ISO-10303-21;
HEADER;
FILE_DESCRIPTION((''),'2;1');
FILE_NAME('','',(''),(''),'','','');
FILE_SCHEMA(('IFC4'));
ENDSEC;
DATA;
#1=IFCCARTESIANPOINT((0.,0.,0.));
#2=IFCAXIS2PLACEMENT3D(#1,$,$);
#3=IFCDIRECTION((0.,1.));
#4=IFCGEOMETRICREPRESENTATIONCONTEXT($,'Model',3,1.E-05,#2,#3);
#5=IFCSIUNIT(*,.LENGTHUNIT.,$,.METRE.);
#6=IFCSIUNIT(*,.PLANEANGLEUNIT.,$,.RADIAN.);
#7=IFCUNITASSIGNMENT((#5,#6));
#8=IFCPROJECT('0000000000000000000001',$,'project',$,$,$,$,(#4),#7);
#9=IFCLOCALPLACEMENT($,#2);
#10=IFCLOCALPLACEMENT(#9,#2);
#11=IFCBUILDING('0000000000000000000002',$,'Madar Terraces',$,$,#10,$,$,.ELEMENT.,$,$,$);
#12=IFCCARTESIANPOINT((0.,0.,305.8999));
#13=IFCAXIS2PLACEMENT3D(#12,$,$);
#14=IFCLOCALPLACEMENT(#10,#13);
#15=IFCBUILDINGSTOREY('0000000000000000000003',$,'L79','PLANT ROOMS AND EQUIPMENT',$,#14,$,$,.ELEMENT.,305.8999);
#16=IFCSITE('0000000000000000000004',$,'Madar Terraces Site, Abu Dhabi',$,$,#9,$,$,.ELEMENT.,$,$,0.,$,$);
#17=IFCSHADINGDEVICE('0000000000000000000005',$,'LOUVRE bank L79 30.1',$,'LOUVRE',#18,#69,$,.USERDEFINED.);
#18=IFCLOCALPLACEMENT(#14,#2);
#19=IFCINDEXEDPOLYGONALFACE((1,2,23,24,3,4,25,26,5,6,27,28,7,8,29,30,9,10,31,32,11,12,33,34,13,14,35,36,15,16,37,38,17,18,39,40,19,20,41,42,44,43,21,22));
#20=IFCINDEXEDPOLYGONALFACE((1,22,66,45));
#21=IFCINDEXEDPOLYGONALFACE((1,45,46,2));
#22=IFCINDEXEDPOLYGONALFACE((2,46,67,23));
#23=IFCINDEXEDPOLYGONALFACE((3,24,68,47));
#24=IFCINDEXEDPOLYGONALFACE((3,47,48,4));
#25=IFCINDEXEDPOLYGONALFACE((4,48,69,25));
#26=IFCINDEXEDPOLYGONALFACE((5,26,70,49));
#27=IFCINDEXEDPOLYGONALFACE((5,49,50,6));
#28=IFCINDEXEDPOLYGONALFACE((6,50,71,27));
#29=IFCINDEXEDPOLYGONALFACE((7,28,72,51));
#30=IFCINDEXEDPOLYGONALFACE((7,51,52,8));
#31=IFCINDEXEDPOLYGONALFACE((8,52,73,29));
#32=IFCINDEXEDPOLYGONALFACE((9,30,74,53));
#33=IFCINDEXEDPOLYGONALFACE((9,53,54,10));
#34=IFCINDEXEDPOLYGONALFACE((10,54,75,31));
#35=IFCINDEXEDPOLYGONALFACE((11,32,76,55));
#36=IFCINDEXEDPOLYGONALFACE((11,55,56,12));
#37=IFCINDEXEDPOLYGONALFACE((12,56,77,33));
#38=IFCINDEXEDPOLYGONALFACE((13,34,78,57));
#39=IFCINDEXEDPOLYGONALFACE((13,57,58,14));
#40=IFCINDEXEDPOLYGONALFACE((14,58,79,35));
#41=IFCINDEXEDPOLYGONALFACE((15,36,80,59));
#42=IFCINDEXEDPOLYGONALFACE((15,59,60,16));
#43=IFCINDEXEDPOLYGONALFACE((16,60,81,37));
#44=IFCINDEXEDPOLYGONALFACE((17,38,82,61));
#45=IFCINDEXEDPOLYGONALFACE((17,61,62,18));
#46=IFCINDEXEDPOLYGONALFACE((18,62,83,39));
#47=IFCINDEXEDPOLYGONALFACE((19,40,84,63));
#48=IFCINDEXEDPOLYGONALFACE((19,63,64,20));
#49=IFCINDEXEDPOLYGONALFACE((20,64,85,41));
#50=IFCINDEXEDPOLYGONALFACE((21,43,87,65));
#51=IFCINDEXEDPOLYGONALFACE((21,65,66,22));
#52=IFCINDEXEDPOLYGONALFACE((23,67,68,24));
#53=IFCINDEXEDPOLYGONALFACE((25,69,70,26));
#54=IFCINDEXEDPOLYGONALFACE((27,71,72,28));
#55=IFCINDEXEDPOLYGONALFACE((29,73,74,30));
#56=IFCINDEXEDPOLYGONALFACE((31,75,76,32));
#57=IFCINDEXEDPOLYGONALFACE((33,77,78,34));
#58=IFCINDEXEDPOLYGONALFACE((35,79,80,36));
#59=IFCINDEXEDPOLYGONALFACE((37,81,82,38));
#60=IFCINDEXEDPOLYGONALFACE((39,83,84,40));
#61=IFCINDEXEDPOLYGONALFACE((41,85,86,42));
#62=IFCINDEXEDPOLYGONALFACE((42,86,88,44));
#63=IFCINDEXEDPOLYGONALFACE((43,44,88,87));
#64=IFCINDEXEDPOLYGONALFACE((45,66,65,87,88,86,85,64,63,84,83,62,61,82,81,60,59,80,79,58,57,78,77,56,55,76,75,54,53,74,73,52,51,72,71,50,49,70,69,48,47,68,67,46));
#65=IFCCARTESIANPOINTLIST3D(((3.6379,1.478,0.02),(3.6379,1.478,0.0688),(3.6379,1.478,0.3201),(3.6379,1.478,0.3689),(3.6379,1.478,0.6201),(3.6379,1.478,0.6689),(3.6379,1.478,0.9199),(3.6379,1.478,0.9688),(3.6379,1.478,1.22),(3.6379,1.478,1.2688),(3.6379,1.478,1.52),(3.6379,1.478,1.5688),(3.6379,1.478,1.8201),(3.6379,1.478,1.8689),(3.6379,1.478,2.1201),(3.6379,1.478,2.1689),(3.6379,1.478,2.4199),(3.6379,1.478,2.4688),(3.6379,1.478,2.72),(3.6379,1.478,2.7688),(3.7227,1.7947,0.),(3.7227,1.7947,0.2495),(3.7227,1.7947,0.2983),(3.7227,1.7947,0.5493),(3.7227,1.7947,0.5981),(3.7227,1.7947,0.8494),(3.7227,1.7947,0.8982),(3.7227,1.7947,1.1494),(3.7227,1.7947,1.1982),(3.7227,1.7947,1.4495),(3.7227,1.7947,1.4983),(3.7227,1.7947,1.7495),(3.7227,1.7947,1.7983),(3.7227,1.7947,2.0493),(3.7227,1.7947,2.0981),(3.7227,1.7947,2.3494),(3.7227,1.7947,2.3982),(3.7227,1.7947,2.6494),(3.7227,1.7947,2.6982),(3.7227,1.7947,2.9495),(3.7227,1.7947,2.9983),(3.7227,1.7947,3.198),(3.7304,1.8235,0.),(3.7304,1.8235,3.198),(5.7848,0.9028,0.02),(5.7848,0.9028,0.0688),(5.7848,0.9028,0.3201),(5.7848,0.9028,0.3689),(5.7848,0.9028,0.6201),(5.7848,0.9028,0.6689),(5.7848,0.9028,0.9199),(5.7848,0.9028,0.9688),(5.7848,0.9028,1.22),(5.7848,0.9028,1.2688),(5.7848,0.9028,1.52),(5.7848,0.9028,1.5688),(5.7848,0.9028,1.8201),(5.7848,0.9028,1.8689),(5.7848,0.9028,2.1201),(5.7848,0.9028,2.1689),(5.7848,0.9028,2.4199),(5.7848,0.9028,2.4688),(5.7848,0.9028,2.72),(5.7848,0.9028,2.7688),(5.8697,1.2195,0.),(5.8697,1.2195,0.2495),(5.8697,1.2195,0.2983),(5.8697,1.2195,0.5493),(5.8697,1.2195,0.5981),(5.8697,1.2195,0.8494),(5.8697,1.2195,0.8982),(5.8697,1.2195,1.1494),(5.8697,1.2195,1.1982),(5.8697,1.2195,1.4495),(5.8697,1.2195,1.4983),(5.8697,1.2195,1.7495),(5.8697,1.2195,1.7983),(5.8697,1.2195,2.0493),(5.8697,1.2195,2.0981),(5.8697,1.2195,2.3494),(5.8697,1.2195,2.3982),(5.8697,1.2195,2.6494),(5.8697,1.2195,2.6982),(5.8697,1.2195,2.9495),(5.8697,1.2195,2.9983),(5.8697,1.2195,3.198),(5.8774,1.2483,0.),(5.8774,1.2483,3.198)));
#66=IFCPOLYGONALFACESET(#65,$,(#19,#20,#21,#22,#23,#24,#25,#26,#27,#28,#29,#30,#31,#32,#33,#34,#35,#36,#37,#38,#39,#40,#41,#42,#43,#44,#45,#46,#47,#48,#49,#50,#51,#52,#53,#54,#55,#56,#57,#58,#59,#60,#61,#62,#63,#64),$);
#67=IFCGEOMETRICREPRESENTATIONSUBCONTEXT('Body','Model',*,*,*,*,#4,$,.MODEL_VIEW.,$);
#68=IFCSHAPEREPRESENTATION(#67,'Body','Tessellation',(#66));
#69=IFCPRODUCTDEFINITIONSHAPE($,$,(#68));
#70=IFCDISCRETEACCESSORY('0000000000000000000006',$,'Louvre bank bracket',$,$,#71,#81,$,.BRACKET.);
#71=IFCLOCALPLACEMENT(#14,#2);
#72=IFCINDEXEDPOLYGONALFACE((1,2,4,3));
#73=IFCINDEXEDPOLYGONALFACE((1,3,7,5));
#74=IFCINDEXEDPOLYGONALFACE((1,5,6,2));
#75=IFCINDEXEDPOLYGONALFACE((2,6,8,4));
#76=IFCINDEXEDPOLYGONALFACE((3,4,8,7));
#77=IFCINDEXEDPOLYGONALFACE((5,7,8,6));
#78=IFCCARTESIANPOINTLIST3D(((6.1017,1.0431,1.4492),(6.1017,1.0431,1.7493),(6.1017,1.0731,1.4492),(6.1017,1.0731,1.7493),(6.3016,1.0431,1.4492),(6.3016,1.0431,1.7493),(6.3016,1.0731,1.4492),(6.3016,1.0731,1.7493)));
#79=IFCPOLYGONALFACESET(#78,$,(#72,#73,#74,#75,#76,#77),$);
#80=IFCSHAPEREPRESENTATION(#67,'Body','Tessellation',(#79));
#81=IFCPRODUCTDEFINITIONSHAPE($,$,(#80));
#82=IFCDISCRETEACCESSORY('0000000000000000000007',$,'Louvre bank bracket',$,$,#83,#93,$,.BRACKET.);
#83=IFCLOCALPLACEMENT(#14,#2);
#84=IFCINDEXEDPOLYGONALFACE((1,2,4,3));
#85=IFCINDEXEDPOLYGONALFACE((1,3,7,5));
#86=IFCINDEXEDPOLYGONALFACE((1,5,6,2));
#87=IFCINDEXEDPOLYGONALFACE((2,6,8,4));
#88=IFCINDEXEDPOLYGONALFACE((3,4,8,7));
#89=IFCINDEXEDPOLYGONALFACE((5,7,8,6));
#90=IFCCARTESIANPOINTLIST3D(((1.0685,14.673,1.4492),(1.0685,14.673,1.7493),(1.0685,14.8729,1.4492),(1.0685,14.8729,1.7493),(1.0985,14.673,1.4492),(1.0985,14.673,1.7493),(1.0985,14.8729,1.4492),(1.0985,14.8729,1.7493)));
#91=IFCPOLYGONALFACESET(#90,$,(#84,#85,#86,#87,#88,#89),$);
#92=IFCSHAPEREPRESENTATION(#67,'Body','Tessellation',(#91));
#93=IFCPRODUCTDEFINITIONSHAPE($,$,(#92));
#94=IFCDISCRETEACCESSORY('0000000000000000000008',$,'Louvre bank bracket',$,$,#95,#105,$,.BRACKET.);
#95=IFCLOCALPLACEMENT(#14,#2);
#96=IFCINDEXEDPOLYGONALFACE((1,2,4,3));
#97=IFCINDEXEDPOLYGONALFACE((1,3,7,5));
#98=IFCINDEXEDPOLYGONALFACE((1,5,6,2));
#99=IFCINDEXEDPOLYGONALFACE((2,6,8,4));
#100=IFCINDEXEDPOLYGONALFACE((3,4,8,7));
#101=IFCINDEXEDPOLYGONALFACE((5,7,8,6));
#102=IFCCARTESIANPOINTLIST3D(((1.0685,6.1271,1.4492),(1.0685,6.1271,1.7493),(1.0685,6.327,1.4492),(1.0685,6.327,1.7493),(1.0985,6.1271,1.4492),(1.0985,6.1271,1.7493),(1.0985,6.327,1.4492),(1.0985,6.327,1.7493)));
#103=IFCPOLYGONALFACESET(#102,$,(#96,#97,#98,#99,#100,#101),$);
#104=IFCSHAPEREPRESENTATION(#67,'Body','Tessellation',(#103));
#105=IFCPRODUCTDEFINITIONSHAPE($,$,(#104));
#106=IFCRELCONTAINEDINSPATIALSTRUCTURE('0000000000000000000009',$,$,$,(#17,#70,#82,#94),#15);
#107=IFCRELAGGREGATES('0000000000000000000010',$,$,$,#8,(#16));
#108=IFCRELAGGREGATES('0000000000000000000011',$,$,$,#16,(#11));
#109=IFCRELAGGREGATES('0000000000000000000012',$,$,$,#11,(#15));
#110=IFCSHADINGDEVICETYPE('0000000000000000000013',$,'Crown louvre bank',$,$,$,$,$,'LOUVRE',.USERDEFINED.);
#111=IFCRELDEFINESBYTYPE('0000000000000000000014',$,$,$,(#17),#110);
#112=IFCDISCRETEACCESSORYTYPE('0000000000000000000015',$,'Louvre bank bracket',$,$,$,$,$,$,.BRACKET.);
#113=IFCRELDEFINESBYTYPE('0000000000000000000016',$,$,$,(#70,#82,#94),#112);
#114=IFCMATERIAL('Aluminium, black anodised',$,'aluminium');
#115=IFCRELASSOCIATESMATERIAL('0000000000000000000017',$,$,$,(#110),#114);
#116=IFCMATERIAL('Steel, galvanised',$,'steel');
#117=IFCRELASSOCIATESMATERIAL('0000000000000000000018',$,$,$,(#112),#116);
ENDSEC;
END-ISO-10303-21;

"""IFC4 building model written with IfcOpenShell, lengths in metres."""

from ifc_helpers import new_model, si_unit, direction, frame, origin, origin_2d, place, context, subcontext, project, spatial, polyline, rectangle, outline, extrude, material, type_object, element, save


model = new_model("IFC4")

# Units and contexts
model_context = context("Model", 3, precision=1e-05, world=origin(), true_north=direction((0.0, 1.0)))
body_context = subcontext(model_context, "Body", "Model", "MODEL_VIEW")
ifc_project = project(units=[si_unit("LENGTHUNIT", "METRE"), si_unit("PLANEANGLEUNIT", "RADIAN")], contexts=[model_context])

# Site, building, storey
site_placement = place(None, origin())
site = spatial("IfcSite", under=ifc_project, at=site_placement, Name="Madar Terraces Site, Abu Dhabi", CompositionType="ELEMENT", RefElevation=0.0)
building_placement = place(site_placement, origin())
building = spatial("IfcBuilding", under=site, at=building_placement, Name="Madar Terraces", CompositionType="ELEMENT")
storey_placement = place(building_placement, frame((0.0, 0.0, 305.8999)))
storey = spatial("IfcBuildingStorey", under=building, at=storey_placement, Name="L79", Description="PLANT ROOMS AND EQUIPMENT", CompositionType="ELEMENT", Elevation=305.8999)

# Shading device
ifc_material_1 = material(Name="Aluminium, black anodised", Category="aluminium")
shading_device_type = type_object("IfcShadingDeviceType", Name="Crown louvre bank", ElementType="LOUVRE", PredefinedType="USERDEFINED", material=ifc_material_1)
shading_device_1_placement = place(storey_placement, frame((3.7266, 1.8091, 0.0), z_axis=(0.965935, -0.258784, 0.0), x_axis=(0.258784, 0.965935, 0.0)))
element("IfcShadingDevice", 1, at=shading_device_1_placement, inside=storey, type_object=shading_device_type, Name="LOUVRE bank L79 30.1", ObjectType="LOUVRE", PredefinedType="USERDEFINED", context=body_context, shape_type="SweptSolid", body=[
    extrude(outline(polyline([(0.0149, 0.0), (-0.0149, 0.0), (-0.0149, 0.2495), (-0.3428, 0.02), (-0.3428, 0.0688), (-0.0149, 0.2983), (-0.0149, 0.5493), (-0.3428, 0.3201), (-0.3428, 0.3689), (-0.0149, 0.5981), (-0.0149, 0.8494), (-0.3428, 0.6201), (-0.3428, 0.6689), (-0.0149, 0.8982), (-0.0149, 1.1494), (-0.3428, 0.9199), (-0.3428, 0.9688), (-0.0149, 1.1982), (-0.0149, 1.4495), (-0.3428, 1.22), (-0.3428, 1.2688), (-0.0149, 1.4983), (-0.0149, 1.7495), (-0.3428, 1.52), (-0.3428, 1.5688), (-0.0149, 1.7983), (-0.0149, 2.0493), (-0.3428, 1.8201), (-0.3428, 1.8689), (-0.0149, 2.0981), (-0.0149, 2.3494), (-0.3428, 2.1201), (-0.3428, 2.1689), (-0.0149, 2.3982), (-0.0149, 2.6494), (-0.3428, 2.4199), (-0.3428, 2.4688), (-0.0149, 2.6982), (-0.0149, 2.9495), (-0.3428, 2.72), (-0.3428, 2.7688), (-0.0149, 2.9983), (-0.0149, 3.198), (0.0149, 3.198), (0.0149, 0.0)])), origin(), (0.0, 0.0, 1.0), 2.2227),
])

# Discrete accessories
ifc_material_2 = material(Name="Steel, galvanised", Category="steel")
discrete_accessory_type = type_object("IfcDiscreteAccessoryType", Name="Louvre bank bracket", PredefinedType="BRACKET", material=ifc_material_2)
for number, where, z_axis, x_axis, name in (
    (2, (6.2017, 1.0581, 1.4492), (0.0, 0.0, 1.0), (1.0, 0.0, 0.0), "Louvre bank bracket"),
    (3, (1.0835, 14.7729, 1.4492), (0.0, 0.0, 1.0), (0.0, -1.0, 0.0), "Louvre bank bracket"),
    (4, (1.0835, 6.2271, 1.4492), (0.0, 0.0, 1.0), (0.0, -1.0, 0.0), "Louvre bank bracket"),
):
    element("IfcDiscreteAccessory", number, at=place(storey_placement, frame(where, z_axis=z_axis, x_axis=x_axis)), inside=storey, type_object=discrete_accessory_type, Name=name, PredefinedType="BRACKET", context=body_context, shape_type="SweptSolid", body=[
        extrude(rectangle(XDim=0.2, YDim=0.03, at=origin_2d()), origin(), (0.0, 0.0, 1.0), 0.3),
    ])

save(model, "model.ifc")
